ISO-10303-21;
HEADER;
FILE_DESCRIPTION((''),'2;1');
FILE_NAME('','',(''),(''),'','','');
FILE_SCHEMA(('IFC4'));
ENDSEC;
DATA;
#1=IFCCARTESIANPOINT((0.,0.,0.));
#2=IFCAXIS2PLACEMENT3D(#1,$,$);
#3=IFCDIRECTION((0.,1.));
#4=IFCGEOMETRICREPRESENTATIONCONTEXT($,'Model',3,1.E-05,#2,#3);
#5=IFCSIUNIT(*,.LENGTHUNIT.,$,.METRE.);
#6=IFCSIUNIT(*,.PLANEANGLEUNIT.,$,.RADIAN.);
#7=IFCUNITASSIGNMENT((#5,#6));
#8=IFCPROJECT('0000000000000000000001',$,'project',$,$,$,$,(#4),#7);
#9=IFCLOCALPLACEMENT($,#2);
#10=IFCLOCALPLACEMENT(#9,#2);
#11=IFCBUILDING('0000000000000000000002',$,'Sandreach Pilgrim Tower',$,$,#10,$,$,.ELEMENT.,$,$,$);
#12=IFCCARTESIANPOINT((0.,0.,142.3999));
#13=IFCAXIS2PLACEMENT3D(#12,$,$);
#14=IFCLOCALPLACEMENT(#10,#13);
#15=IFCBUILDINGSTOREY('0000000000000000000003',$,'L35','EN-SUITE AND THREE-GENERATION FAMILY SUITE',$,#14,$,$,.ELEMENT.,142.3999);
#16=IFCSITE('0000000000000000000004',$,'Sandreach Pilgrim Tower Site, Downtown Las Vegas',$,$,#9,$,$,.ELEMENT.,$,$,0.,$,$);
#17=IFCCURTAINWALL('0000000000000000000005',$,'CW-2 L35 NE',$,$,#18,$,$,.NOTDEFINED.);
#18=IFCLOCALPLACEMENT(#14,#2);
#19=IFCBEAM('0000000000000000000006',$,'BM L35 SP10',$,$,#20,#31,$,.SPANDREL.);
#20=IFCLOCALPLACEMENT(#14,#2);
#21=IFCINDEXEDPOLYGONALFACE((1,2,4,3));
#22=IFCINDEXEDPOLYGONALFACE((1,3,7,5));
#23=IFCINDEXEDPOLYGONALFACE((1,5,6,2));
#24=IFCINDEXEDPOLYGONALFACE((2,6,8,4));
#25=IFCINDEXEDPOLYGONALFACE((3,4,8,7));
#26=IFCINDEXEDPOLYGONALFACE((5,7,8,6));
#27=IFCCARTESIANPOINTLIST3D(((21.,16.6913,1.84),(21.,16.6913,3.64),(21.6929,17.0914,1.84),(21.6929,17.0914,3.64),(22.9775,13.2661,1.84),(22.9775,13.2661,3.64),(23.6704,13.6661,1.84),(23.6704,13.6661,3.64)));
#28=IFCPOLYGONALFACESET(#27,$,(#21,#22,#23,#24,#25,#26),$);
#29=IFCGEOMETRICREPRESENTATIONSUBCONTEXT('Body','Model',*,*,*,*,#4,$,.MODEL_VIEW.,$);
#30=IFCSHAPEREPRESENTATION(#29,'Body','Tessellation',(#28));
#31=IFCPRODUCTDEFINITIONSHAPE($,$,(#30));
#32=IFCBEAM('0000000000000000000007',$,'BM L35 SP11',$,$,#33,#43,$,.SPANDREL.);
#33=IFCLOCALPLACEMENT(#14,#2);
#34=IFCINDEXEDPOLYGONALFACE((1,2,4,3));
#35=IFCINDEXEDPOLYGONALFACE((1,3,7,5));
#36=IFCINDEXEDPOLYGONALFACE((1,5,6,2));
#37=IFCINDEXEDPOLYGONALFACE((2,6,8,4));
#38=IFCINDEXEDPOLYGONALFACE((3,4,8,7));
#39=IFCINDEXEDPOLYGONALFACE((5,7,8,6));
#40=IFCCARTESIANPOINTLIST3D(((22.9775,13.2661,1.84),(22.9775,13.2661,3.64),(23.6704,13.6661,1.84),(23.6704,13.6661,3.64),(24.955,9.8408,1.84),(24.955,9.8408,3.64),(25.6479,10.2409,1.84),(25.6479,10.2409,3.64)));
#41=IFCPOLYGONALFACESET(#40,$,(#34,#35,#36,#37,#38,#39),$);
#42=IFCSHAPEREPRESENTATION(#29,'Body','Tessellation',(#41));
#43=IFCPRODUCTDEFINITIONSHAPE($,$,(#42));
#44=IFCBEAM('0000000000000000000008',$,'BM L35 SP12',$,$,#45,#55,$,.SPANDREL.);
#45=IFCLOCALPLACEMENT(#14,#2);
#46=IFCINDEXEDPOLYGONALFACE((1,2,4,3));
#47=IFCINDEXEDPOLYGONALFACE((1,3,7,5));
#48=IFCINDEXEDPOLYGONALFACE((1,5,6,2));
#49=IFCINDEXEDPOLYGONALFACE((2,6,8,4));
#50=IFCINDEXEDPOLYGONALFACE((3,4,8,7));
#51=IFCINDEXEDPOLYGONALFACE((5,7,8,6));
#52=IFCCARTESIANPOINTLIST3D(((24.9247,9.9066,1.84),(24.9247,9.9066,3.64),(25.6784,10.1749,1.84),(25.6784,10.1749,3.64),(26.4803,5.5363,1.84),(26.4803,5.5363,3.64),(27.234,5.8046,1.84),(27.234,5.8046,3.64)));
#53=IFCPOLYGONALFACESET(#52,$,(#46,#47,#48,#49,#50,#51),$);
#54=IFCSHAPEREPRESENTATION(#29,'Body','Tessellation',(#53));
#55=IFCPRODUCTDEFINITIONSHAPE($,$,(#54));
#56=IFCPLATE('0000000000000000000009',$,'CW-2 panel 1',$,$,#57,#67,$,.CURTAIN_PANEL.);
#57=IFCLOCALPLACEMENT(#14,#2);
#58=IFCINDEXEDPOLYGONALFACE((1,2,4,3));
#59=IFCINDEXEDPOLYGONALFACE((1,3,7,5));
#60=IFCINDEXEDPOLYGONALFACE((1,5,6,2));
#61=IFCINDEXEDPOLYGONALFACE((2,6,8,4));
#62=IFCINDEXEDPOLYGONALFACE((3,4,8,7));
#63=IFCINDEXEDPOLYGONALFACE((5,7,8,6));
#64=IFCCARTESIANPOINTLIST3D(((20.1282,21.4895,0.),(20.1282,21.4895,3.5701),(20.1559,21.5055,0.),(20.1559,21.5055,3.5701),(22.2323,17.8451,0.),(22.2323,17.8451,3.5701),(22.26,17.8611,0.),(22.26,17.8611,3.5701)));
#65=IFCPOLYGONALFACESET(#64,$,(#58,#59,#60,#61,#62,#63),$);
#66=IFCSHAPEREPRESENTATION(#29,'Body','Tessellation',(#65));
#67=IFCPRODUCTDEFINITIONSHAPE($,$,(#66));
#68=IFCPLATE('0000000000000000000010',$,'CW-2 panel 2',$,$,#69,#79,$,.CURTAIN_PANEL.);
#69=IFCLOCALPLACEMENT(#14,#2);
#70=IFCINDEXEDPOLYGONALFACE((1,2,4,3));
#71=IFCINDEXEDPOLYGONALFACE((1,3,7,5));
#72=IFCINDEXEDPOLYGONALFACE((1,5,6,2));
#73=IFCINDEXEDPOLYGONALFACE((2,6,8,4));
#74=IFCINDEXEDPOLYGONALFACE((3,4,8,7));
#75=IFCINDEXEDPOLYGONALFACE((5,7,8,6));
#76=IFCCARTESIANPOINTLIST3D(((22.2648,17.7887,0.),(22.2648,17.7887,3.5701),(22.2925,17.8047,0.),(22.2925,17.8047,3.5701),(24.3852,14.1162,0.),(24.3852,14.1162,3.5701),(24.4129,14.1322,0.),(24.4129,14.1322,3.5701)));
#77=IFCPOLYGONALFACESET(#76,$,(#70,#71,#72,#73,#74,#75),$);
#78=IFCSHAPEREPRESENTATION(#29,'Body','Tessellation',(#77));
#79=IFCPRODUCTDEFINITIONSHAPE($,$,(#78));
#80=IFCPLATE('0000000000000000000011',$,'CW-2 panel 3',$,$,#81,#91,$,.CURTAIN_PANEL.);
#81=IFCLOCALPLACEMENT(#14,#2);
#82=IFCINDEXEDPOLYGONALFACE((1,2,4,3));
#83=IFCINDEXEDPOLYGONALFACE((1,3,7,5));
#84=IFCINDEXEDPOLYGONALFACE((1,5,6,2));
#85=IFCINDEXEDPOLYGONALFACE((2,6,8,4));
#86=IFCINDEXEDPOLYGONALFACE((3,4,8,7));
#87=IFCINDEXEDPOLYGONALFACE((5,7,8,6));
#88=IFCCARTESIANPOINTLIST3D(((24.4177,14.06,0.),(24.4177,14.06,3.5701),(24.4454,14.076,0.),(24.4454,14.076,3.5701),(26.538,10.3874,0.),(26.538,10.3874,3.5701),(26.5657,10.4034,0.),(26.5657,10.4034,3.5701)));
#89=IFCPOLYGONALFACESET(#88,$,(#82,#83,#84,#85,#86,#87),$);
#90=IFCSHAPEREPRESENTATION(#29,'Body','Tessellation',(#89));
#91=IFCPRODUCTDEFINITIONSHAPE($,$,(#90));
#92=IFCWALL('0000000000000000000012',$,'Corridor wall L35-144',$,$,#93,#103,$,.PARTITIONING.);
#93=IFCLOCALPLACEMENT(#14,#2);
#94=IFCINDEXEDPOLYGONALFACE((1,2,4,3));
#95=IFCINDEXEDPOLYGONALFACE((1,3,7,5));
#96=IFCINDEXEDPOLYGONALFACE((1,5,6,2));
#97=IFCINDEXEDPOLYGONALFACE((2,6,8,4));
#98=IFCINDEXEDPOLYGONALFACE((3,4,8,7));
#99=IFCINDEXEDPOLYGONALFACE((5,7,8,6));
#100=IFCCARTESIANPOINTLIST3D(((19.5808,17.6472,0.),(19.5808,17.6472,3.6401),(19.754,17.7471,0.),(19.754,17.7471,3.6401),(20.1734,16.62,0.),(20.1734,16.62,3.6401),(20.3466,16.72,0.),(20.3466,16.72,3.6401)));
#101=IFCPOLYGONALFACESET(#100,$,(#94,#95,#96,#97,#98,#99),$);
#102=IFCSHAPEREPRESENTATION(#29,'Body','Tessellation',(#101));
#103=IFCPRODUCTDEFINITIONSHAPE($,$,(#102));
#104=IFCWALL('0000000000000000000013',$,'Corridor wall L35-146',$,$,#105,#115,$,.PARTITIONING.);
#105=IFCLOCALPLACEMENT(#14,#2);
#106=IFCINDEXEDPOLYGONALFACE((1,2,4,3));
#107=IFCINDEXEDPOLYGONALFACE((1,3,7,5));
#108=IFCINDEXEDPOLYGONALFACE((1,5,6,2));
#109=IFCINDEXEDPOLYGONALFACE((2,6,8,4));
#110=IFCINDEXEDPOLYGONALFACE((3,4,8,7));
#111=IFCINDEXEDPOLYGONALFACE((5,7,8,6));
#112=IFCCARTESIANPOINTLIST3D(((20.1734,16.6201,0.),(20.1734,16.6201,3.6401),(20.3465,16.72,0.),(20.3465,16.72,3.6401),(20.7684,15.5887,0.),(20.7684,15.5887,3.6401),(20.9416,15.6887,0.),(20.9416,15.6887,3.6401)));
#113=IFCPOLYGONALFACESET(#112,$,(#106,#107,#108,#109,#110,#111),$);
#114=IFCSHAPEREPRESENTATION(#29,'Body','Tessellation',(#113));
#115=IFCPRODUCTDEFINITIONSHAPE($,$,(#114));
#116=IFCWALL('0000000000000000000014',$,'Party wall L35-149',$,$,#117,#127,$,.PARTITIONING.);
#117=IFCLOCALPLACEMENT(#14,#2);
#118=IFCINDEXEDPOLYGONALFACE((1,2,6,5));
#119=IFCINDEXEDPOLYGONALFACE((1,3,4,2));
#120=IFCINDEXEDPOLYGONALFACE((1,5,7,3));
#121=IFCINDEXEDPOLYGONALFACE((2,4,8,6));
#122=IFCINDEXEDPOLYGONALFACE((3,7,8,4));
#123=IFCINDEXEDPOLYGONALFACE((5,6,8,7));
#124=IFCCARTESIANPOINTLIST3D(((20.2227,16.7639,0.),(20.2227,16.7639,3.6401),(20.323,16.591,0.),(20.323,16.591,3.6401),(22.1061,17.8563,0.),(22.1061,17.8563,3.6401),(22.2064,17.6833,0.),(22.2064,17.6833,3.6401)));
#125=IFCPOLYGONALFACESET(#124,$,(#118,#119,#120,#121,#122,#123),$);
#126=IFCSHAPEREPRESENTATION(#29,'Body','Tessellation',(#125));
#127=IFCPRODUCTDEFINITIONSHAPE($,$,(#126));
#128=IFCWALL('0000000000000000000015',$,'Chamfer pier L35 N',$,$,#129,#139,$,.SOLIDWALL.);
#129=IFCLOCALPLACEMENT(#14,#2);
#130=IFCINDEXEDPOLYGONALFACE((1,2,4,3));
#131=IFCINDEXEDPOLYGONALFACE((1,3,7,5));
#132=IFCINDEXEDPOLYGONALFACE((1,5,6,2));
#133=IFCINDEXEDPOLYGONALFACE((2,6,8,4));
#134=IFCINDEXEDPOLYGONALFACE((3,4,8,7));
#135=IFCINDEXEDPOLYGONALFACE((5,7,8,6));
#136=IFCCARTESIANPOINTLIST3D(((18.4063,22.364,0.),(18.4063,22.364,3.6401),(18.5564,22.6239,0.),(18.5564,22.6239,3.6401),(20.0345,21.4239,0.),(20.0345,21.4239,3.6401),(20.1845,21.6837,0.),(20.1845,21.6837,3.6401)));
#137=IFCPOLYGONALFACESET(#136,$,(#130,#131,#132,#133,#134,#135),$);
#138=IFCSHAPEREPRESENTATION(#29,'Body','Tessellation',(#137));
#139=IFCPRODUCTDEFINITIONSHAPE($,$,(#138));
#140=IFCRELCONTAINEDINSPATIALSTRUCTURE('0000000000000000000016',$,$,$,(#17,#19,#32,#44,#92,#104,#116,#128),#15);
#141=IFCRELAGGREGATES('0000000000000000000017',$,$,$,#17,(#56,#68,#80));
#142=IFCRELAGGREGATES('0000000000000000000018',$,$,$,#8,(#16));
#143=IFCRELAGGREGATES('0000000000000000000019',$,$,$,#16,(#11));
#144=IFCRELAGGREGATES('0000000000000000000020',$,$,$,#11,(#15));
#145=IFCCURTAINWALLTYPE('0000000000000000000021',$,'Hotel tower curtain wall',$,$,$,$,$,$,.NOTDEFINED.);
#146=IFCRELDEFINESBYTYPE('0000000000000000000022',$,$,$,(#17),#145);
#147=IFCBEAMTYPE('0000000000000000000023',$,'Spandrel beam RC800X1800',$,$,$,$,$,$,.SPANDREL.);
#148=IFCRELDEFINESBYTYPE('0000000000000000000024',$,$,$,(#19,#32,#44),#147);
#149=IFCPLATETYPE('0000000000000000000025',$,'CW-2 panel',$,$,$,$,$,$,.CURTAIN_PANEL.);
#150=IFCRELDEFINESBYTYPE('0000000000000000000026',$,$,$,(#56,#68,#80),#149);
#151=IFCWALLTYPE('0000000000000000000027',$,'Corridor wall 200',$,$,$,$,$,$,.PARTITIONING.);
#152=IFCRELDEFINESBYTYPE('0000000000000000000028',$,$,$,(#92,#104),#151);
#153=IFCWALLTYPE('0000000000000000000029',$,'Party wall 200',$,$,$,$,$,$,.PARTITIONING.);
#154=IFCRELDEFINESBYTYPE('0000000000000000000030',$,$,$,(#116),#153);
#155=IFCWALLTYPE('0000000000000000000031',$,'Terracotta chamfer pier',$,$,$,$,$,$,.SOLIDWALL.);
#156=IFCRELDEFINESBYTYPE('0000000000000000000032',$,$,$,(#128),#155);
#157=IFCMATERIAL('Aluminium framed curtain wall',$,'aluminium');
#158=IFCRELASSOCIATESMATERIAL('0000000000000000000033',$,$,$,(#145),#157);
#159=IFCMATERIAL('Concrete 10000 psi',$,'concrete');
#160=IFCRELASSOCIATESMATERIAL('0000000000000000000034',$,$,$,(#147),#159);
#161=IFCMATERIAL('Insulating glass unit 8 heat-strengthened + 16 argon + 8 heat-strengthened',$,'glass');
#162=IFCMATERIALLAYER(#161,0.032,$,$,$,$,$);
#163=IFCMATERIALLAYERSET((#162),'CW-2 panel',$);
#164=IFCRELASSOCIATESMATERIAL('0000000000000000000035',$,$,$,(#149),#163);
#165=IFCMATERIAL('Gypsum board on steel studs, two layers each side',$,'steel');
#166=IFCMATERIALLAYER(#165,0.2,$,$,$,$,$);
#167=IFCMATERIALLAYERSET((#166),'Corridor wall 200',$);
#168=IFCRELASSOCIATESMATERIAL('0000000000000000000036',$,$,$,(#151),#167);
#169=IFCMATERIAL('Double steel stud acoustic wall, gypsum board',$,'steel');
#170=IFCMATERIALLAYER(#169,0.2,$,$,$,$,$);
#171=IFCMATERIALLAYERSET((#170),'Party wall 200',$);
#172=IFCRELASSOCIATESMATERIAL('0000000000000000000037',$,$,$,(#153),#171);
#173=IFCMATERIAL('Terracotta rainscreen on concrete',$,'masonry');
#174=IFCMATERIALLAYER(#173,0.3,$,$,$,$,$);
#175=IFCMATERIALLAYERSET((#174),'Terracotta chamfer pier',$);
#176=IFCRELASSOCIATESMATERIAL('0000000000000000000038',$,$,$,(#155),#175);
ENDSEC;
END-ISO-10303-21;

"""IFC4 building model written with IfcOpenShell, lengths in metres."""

from ifc_helpers import new_model, si_unit, direction, frame, frame_2d, origin, origin_2d, place, context, subcontext, project, spatial, rectangle, extrude, material, layer, layer_set, material_profile, profile_set, type_object, element, aggregate, save


model = new_model("IFC4")

# Units and contexts
model_context = context("Model", 3, precision=1e-05, world=origin(), true_north=direction((0.0, 1.0)))
body_context = subcontext(model_context, "Body", "Model", "MODEL_VIEW")
ifc_project = project(units=[si_unit("LENGTHUNIT", "METRE"), si_unit("PLANEANGLEUNIT", "RADIAN")], contexts=[model_context])

# Site, building, storey
site_placement = place(None, origin())
site = spatial("IfcSite", under=ifc_project, at=site_placement, Name="Sandreach Pilgrim Tower Site, Downtown Las Vegas", CompositionType="ELEMENT", RefElevation=0.0)
building_placement = place(site_placement, origin())
building = spatial("IfcBuilding", under=site, at=building_placement, Name="Sandreach Pilgrim Tower", CompositionType="ELEMENT")
storey_placement = place(building_placement, frame((0.0, 0.0, 142.3999)))
storey = spatial("IfcBuildingStorey", under=building, at=storey_placement, Name="L35", Description="EN-SUITE AND THREE-GENERATION FAMILY SUITE", CompositionType="ELEMENT", Elevation=142.3999)

# Shared definitions
ifc_material_1 = material(Name="Aluminium framed curtain wall", Category="aluminium")
curtain_wall_type = type_object("IfcCurtainWallType", Name="Hotel tower curtain wall", PredefinedType="NOTDEFINED", material=ifc_material_1)

# Curtain wall
curtain_wall_1_placement = place(storey_placement, origin())
curtain_wall_1 = element("IfcCurtainWall", 1, at=curtain_wall_1_placement, inside=storey, type_object=curtain_wall_type, Name="CW-2 L35 NE", PredefinedType="NOTDEFINED")

# Beams
ifc_material_2 = material(Name="Concrete 10000 psi", Category="concrete")
ifc_material_profile_1 = material_profile(ifc_material_2, rectangle(XDim=0.8, YDim=1.8, at=origin_2d()), Name="RC800X1800")
ifc_profile_set_1 = profile_set([ifc_material_profile_1], Name="Concrete 10000 psi")
beam_type_1 = type_object("IfcBeamType", Name="Spandrel beam RC800X1800", PredefinedType="SPANDREL", material=ifc_profile_set_1)
for number, where, z_axis, x_axis, name in (
    (2, (21.3464, 16.8914, 2.74), (0.49999, -0.866031, 0.0), (0.866031, 0.49999, 0.0), "BM L35 SP10"),
    (3, (23.324, 13.4661, 2.74), (0.49999, -0.866031, 0.0), (0.866031, 0.49999, 0.0), "BM L35 SP11"),
):
    element("IfcBeam", number, at=place(storey_placement, frame(where, z_axis=z_axis, x_axis=x_axis)), inside=storey, type_object=beam_type_1, Name=name, PredefinedType="SPANDREL", context=body_context, shape_type="SweptSolid", body=[
        extrude(rectangle(XDim=0.8, YDim=1.8, at=origin_2d()), origin(), (0.0, 0.0, 1.0), 3.9551),
    ])
beam_1_placement = place(storey_placement, frame((25.3015, 10.0408, 2.74), z_axis=(0.335346, -0.942095, 0.0), x_axis=(0.942095, 0.335346, 0.0)))
element("IfcBeam", 4, at=beam_1_placement, inside=storey, type_object=beam_type_1, Name="BM L35 SP12", PredefinedType="SPANDREL", context=body_context, shape_type="SweptSolid", body=[
    extrude(rectangle(XDim=0.8, YDim=1.8, at=origin_2d()), origin(), (0.0, 0.0, 1.0), 4.6389),
])

# Plates
ifc_material_3 = material(Name="Insulating glass unit 8 heat-strengthened + 16 argon + 8 heat-strengthened", Category="glass")
ifc_layer_1 = layer(ifc_material_3, 0.032)
ifc_layer_set_1 = layer_set([ifc_layer_1], Name="CW-2 panel")
plate_type = type_object("IfcPlateType", Name="CW-2 panel", PredefinedType="CURTAIN_PANEL", material=ifc_layer_set_1)
plate_1_placement = place(storey_placement, frame((21.1941, 19.6753, 0.0), z_axis=(0.0, 0.0, 1.0), x_axis=(0.5, -0.866025, 0.0)))
plate_1 = element("IfcPlate", 5, at=plate_1_placement, type_object=plate_type, Name="CW-2 panel 1", PredefinedType="CURTAIN_PANEL", context=body_context, shape_type="SweptSolid", body=[
    extrude(rectangle(XDim=4.2083, YDim=0.032, at=origin_2d()), origin(), (0.0, 0.0, 1.0), 3.5701),
])
plate_2_placement = place(storey_placement, frame((23.3389, 15.9604, 0.0), z_axis=(0.0, 0.0, 1.0), x_axis=(0.5, -0.866025, 0.0)))
plate_2 = element("IfcPlate", 6, at=plate_2_placement, type_object=plate_type, Name="CW-2 panel 2", PredefinedType="CURTAIN_PANEL", context=body_context, shape_type="SweptSolid", body=[
    extrude(rectangle(XDim=4.2407, YDim=0.032, at=origin_2d()), origin(), (0.0, 0.0, 1.0), 3.5701),
])
plate_3_placement = place(storey_placement, frame((25.4917, 12.2317, 0.0), z_axis=(0.0, 0.0, 1.0), x_axis=(0.5, -0.866025, 0.0)))
plate_3 = element("IfcPlate", 7, at=plate_3_placement, type_object=plate_type, Name="CW-2 panel 3", PredefinedType="CURTAIN_PANEL", context=body_context, shape_type="SweptSolid", body=[
    extrude(rectangle(XDim=4.2407, YDim=0.032, at=origin_2d()), origin(), (0.0, 0.0, 1.0), 3.5701),
])
aggregate(curtain_wall_1, [plate_1, plate_2, plate_3])

# Shared definitions
ifc_material_4 = material(Name="Gypsum board on steel studs, two layers each side", Category="steel")
ifc_layer_2 = layer(ifc_material_4, 0.2)
ifc_layer_set_2 = layer_set([ifc_layer_2], Name="Corridor wall 200")
wall_type_1 = type_object("IfcWallType", Name="Corridor wall 200", PredefinedType="PARTITIONING", material=ifc_layer_set_2)

# Walls
wall_1_placement = place(storey_placement, frame((19.6675, 17.697, 0.0), z_axis=(0.0, 0.0, 1.0), x_axis=(0.499705, -0.866196, 0.0)))
element("IfcWall", 8, at=wall_1_placement, inside=storey, type_object=wall_type_1, Name="Corridor wall L35-144", PredefinedType="PARTITIONING", context=body_context, shape_type="SweptSolid", body=[
    extrude(rectangle(XDim=1.1858, YDim=0.2, at=frame_2d((0.5928, 0.0))), origin(), (0.0, 0.0, 1.0), 3.6401),
])
wall_2_placement = place(storey_placement, frame((20.26, 16.6699, 0.0), z_axis=(0.0, 0.0, 1.0), x_axis=(0.499734, -0.866179, 0.0)))
element("IfcWall", 9, at=wall_2_placement, inside=storey, type_object=wall_type_1, Name="Corridor wall L35-146", PredefinedType="PARTITIONING", context=body_context, shape_type="SweptSolid", body=[
    extrude(rectangle(XDim=1.1907, YDim=0.2, at=frame_2d((0.5952, 0.0))), origin(), (0.0, 0.0, 1.0), 3.6401),
])
ifc_material_5 = material(Name="Double steel stud acoustic wall, gypsum board", Category="steel")
ifc_layer_3 = layer(ifc_material_5, 0.2)
ifc_layer_set_3 = layer_set([ifc_layer_3], Name="Party wall 200")
wall_type_2 = type_object("IfcWallType", Name="Party wall 200", PredefinedType="PARTITIONING", material=ifc_layer_set_3)
wall_3_placement = place(storey_placement, frame((22.1562, 17.7698, 0.0), z_axis=(0.0, 0.0, 1.0), x_axis=(-0.865037, -0.501708, 0.0)))
element("IfcWall", 10, at=wall_3_placement, inside=storey, type_object=wall_type_2, Name="Party wall L35-149", PredefinedType="PARTITIONING", context=body_context, shape_type="SweptSolid", body=[
    extrude(rectangle(XDim=2.1772, YDim=0.2, at=frame_2d((1.0886, 0.0))), origin(), (0.0, 0.0, 1.0), 3.6401),
])
ifc_material_6 = material(Name="Terracotta rainscreen on concrete", Category="masonry")
ifc_layer_4 = layer(ifc_material_6, 0.3)
ifc_layer_set_4 = layer_set([ifc_layer_4], Name="Terracotta chamfer pier")
wall_type_3 = type_object("IfcWallType", Name="Terracotta chamfer pier", PredefinedType="SOLIDWALL", material=ifc_layer_set_4)
wall_4_placement = place(storey_placement, frame((18.4814, 22.4939, 0.0), z_axis=(0.0, 0.0, 1.0), x_axis=(0.865989, -0.500063, 0.0)))
element("IfcWall", 11, at=wall_4_placement, inside=storey, type_object=wall_type_3, Name="Chamfer pier L35 N", PredefinedType="SOLIDWALL", context=body_context, shape_type="SweptSolid", body=[
    extrude(rectangle(XDim=1.8801, YDim=0.3, at=frame_2d((0.9399, 0.0))), origin(), (0.0, 0.0, 1.0), 3.6401),
])

save(model, "model.ifc")
